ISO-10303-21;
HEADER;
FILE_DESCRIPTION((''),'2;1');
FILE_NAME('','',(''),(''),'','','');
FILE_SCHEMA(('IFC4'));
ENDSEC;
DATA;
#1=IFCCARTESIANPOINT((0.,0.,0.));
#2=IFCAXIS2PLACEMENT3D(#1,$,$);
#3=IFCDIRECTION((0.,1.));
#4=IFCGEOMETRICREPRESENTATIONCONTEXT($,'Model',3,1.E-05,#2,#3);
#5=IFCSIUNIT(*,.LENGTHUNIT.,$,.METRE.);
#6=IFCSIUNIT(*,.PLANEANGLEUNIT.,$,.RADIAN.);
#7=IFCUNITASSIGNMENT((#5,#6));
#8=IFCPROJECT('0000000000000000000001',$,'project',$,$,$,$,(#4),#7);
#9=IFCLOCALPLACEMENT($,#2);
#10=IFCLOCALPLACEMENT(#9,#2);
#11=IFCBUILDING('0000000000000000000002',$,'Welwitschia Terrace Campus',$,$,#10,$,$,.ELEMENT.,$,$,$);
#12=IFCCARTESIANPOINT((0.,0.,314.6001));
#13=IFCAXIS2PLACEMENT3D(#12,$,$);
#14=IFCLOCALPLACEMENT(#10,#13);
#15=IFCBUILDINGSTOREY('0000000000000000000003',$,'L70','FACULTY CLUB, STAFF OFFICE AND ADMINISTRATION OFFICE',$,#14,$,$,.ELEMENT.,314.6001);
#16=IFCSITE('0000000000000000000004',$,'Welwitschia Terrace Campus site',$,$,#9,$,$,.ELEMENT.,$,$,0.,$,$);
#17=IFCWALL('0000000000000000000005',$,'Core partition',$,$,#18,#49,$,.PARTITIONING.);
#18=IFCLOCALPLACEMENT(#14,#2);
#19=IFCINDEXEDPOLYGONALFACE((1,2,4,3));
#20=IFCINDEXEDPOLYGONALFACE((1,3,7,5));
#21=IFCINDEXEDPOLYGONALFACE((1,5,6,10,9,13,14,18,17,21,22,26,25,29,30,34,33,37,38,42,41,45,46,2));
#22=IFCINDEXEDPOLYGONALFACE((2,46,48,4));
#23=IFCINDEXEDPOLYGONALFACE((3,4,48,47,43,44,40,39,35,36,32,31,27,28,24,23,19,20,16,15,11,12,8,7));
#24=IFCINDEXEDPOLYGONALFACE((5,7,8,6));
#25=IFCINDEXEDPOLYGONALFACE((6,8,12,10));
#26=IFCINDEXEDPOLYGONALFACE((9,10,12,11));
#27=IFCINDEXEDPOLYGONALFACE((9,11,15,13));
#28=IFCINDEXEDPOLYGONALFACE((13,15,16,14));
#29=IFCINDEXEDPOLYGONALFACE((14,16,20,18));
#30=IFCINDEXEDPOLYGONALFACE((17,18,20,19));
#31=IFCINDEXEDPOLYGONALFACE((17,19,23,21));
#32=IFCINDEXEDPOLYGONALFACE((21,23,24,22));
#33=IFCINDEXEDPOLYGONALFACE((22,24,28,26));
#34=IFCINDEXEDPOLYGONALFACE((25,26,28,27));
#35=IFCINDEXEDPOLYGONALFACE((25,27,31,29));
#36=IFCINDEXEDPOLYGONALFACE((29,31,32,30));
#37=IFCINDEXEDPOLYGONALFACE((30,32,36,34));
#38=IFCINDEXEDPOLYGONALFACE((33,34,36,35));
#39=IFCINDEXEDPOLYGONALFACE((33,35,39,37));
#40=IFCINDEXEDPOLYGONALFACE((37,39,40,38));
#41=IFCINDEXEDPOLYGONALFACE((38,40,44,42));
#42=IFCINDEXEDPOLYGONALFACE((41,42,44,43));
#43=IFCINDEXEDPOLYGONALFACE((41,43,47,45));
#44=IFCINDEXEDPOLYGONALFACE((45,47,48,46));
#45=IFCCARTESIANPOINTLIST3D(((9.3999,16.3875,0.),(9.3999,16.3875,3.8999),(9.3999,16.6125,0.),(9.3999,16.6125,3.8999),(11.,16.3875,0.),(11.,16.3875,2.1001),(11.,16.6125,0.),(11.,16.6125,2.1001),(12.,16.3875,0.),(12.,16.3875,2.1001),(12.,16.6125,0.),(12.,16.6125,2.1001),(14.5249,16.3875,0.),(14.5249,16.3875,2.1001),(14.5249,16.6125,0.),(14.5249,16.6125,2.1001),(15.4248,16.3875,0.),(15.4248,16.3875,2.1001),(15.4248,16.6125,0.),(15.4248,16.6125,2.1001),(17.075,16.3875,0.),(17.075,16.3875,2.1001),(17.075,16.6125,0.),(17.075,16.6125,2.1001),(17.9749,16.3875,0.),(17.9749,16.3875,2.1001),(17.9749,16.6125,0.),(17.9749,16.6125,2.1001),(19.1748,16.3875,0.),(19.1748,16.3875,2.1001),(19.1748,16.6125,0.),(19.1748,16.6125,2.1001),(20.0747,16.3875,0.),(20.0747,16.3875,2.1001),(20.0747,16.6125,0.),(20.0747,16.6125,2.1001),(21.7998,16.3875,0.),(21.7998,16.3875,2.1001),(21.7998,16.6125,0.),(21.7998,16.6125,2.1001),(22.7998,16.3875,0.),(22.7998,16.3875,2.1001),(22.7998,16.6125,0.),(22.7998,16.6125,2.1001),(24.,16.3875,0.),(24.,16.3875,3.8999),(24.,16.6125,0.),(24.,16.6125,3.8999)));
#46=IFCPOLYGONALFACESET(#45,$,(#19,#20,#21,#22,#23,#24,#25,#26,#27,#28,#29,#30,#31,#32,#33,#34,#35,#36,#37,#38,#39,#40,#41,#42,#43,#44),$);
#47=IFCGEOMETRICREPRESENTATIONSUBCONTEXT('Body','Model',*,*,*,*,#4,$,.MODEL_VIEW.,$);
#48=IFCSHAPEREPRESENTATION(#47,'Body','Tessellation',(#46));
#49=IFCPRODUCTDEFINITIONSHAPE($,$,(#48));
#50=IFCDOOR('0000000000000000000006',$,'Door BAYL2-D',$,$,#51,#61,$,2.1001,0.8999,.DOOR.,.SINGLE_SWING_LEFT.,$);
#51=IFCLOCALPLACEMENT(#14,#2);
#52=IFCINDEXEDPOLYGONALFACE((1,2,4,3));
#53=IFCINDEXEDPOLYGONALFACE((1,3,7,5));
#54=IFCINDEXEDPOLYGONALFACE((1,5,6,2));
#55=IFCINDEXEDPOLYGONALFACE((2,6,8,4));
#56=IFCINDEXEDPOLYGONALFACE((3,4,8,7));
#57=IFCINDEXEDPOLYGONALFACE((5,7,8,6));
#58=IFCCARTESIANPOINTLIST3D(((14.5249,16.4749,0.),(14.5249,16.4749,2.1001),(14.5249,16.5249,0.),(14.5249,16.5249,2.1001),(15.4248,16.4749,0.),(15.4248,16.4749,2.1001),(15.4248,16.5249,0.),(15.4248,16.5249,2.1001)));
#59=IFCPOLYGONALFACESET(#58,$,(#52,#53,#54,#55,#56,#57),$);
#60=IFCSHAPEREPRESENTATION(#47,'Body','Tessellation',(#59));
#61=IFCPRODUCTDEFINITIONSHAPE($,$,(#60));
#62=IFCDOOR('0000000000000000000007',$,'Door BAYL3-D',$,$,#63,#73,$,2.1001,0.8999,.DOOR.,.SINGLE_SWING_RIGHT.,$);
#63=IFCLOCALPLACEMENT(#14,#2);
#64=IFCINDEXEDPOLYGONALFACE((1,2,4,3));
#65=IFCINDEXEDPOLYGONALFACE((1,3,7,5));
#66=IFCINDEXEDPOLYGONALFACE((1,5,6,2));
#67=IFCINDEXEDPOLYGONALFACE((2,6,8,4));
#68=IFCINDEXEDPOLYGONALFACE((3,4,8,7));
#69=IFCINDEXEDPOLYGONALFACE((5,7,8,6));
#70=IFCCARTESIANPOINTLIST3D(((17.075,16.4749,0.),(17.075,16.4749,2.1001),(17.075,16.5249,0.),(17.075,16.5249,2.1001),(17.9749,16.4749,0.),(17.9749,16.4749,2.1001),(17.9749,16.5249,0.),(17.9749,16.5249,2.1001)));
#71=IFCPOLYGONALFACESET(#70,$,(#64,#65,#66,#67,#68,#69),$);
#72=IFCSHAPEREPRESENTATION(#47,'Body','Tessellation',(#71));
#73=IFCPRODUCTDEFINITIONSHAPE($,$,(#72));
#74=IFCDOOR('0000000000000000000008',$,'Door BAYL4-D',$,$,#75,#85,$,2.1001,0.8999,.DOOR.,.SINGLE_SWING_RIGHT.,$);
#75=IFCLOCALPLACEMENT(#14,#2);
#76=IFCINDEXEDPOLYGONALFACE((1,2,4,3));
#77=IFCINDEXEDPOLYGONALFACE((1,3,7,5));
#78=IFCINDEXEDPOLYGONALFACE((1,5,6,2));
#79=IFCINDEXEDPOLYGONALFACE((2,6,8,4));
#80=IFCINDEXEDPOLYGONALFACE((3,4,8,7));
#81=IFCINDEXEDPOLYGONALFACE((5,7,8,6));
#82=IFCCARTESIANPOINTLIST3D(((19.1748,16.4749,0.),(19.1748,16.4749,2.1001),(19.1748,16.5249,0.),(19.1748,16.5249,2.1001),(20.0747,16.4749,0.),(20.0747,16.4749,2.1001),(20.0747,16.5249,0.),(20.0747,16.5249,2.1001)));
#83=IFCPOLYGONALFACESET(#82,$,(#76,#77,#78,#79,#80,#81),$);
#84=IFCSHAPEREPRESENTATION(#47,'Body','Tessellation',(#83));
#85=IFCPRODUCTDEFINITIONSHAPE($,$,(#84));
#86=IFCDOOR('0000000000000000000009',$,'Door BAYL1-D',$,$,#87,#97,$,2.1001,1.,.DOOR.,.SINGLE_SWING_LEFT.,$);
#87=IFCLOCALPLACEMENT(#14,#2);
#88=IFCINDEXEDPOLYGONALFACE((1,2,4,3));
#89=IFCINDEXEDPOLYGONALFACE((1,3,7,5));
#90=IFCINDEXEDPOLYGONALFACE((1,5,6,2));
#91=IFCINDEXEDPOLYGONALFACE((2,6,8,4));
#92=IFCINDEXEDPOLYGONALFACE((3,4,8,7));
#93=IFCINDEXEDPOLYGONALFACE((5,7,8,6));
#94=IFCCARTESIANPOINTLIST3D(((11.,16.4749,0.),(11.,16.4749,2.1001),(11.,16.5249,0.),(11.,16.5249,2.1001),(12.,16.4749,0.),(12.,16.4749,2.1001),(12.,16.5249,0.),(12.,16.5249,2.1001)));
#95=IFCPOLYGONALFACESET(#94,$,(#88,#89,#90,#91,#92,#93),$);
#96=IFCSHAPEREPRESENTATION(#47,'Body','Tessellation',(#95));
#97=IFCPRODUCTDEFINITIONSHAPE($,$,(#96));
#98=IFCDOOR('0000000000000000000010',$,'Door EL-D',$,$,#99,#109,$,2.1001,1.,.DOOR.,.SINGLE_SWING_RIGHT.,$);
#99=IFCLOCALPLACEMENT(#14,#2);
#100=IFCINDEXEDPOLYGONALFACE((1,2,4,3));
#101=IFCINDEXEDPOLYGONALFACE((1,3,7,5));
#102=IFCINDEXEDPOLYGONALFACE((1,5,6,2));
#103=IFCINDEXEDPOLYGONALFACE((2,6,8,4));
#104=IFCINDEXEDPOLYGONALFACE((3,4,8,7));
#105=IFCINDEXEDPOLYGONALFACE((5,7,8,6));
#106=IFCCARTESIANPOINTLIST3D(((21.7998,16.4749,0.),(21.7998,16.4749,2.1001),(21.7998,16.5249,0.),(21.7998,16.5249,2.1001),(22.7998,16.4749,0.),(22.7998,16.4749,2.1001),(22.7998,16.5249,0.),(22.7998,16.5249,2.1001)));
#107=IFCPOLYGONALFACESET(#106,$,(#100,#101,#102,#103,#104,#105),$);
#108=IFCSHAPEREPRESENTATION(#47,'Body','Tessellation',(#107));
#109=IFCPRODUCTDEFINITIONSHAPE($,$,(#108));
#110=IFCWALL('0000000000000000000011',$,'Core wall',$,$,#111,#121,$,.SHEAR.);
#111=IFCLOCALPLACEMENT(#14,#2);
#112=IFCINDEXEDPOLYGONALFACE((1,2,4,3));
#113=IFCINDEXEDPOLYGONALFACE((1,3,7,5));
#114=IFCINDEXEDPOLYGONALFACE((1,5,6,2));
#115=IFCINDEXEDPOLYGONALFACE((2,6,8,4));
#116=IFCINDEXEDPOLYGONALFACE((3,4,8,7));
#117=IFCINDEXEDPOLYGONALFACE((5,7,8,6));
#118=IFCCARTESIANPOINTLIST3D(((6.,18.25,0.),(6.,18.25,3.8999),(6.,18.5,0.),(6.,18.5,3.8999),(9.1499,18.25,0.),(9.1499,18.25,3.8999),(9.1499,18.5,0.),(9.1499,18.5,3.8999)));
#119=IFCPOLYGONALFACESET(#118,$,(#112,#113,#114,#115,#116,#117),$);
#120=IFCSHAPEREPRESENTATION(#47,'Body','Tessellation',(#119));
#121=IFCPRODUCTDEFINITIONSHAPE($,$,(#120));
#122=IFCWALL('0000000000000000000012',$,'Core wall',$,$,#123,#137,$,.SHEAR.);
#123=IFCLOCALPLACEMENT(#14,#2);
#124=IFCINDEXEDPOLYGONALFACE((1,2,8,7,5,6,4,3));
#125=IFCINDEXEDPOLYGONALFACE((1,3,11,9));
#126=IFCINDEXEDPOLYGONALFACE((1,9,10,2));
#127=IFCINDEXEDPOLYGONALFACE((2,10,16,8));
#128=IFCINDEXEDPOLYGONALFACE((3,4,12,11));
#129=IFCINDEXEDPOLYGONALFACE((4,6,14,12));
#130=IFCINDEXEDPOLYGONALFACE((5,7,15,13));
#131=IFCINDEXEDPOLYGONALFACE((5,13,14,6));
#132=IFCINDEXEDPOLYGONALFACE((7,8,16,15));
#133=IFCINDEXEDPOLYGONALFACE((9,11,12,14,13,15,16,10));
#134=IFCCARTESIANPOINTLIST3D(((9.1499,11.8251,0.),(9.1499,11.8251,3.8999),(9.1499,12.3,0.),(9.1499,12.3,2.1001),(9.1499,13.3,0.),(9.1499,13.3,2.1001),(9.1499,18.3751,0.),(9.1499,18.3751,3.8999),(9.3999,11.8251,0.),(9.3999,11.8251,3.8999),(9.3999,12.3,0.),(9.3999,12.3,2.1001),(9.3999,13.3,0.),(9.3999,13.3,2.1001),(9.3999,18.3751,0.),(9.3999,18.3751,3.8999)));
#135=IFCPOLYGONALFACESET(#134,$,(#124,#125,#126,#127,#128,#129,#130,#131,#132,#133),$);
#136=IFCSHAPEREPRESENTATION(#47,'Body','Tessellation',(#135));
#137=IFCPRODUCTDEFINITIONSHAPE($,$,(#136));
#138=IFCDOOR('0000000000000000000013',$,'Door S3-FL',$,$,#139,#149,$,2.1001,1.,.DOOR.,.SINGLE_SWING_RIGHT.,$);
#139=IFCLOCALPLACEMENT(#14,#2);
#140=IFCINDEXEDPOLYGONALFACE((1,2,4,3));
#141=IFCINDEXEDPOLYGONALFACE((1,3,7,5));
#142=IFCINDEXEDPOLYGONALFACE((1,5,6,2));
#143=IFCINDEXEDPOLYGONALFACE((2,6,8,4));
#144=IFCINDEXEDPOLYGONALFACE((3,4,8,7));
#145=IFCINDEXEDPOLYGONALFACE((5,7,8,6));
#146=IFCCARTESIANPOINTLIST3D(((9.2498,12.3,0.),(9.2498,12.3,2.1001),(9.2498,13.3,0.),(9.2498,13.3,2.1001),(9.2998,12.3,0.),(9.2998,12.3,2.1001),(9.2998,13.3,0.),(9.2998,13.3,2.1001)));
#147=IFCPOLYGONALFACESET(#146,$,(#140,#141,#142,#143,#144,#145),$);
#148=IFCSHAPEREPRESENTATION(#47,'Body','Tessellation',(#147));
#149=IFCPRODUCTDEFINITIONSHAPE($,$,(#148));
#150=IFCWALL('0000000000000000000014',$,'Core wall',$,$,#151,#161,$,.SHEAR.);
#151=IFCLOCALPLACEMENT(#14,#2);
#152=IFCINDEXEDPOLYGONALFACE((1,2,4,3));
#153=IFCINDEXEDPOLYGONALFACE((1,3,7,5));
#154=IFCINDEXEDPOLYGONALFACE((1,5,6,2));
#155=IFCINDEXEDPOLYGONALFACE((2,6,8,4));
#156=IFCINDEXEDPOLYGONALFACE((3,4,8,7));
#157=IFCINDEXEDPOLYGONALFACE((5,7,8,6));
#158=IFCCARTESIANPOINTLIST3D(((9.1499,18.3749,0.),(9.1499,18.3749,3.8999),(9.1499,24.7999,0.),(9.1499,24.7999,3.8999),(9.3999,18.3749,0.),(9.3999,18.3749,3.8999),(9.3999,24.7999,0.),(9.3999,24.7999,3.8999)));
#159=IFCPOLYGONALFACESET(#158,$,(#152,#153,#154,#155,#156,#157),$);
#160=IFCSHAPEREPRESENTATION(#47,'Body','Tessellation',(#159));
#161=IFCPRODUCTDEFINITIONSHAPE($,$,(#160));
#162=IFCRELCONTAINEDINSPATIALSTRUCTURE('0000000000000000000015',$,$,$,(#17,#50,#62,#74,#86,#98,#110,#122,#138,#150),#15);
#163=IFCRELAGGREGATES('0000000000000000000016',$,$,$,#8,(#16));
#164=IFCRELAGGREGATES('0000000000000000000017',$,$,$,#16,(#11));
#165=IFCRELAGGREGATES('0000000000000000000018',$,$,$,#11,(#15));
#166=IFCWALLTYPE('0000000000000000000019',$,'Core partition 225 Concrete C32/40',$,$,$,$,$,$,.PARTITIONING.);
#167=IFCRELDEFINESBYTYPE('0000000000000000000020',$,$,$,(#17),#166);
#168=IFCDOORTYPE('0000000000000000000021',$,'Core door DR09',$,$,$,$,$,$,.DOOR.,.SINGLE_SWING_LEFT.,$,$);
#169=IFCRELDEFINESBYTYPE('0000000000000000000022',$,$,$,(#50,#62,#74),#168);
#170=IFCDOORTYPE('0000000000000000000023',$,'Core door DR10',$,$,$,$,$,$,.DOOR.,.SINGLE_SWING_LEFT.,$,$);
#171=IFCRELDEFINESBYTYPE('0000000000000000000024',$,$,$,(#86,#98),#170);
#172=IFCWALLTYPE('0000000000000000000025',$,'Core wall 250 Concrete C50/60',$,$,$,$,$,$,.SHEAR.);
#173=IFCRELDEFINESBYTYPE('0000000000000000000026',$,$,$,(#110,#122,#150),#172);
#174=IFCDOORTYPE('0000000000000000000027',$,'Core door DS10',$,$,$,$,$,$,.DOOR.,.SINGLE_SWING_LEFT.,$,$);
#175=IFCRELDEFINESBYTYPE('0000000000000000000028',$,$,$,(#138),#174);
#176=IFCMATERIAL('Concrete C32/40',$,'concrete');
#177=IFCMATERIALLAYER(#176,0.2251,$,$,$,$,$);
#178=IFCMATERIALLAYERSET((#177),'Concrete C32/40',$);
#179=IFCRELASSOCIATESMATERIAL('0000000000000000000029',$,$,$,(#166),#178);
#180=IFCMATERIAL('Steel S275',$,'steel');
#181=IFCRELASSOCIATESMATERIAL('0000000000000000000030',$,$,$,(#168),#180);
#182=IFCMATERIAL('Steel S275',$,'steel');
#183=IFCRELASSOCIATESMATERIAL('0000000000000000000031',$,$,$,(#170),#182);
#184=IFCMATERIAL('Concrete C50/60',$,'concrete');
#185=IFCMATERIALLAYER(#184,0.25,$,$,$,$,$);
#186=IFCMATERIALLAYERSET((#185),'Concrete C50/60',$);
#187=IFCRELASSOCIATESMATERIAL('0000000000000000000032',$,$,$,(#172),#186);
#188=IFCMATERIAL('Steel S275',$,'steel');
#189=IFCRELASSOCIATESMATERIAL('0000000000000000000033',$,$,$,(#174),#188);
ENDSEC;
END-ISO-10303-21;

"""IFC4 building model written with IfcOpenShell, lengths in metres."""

from ifc_helpers import new_model, si_unit, direction, frame, frame_2d, origin, place, context, subcontext, project, spatial, rectangle, extrude, material, layer, layer_set, type_object, element, fill, save


model = new_model("IFC4")

# Units and contexts
model_context = context("Model", 3, precision=1e-05, world=origin(), true_north=direction((0.0, 1.0)))
body_context = subcontext(model_context, "Body", "Model", "MODEL_VIEW")
ifc_project = project(units=[si_unit("LENGTHUNIT", "METRE"), si_unit("PLANEANGLEUNIT", "RADIAN")], contexts=[model_context])

# Site, building, storey
site_placement = place(None, origin())
site = spatial("IfcSite", under=ifc_project, at=site_placement, Name="Welwitschia Terrace Campus site", CompositionType="ELEMENT", RefElevation=0.0)
building_placement = place(site_placement, origin())
building = spatial("IfcBuilding", under=site, at=building_placement, Name="Welwitschia Terrace Campus", CompositionType="ELEMENT")
storey_placement = place(building_placement, frame((0.0, 0.0, 314.6001)))
storey = spatial("IfcBuildingStorey", under=building, at=storey_placement, Name="L70", Description="FACULTY CLUB, STAFF OFFICE AND ADMINISTRATION OFFICE", CompositionType="ELEMENT", Elevation=314.6001)

# Shared definitions
ifc_material_1 = material(Name="Concrete C32/40", Category="concrete")
ifc_layer_1 = layer(ifc_material_1, 0.2251)
ifc_layer_set_1 = layer_set([ifc_layer_1], Name="Concrete C32/40")
wall_type_1 = type_object("IfcWallType", Name="Core partition 225 Concrete C32/40", PredefinedType="PARTITIONING", material=ifc_layer_set_1)

# Wall, openings, doors
wall_1_placement = place(storey_placement, frame((9.3999, 16.5, 0.0), z_axis=(0.0, 0.0, 1.0), x_axis=(1.0, 0.0, 0.0)))
wall_1 = element("IfcWall", 1, at=wall_1_placement, inside=storey, type_object=wall_type_1, Name="Core partition", PredefinedType="PARTITIONING", context=body_context, shape_type="SweptSolid", body=[
    extrude(rectangle(XDim=14.6001, YDim=0.2251, at=frame_2d((7.3, 0.0))), origin(), (0.0, 0.0, 1.0), 3.8999),
])
opening_1_placement = place(wall_1_placement, frame((1.6001, 0.0, 0.0)))
opening_1 = element("IfcOpeningElement", 2, at=opening_1_placement, cuts=wall_1, PredefinedType="OPENING", context=body_context, shape_type="SweptSolid", body=[
    extrude(rectangle(XDim=1.0, YDim=2.1001, at=frame_2d((0.5, 1.05))), frame((0.0, 0.1226, 0.0), z_axis=(0.0, -1.0, 0.0), x_axis=(1.0, 0.0, 0.0)), (0.0, 0.0, 1.0), 0.2451),
])
opening_2_placement = place(wall_1_placement, frame((5.125, 0.0, 0.0)))
opening_2 = element("IfcOpeningElement", 3, at=opening_2_placement, cuts=wall_1, PredefinedType="OPENING", context=body_context, shape_type="SweptSolid", body=[
    extrude(rectangle(XDim=0.8999, YDim=2.1001, at=frame_2d((0.45, 1.05))), frame((0.0, 0.1226, 0.0), z_axis=(0.0, -1.0, 0.0), x_axis=(1.0, 0.0, 0.0)), (0.0, 0.0, 1.0), 0.2451),
])
opening_3_placement = place(wall_1_placement, frame((7.675, 0.0, 0.0)))
opening_3 = element("IfcOpeningElement", 4, at=opening_3_placement, cuts=wall_1, PredefinedType="OPENING", context=body_context, shape_type="SweptSolid", body=[
    extrude(rectangle(XDim=0.8999, YDim=2.1001, at=frame_2d((0.45, 1.05))), frame((0.0, 0.1226, 0.0), z_axis=(0.0, -1.0, 0.0), x_axis=(1.0, 0.0, 0.0)), (0.0, 0.0, 1.0), 0.2451),
])
opening_4_placement = place(wall_1_placement, frame((9.7749, 0.0, 0.0)))
opening_4 = element("IfcOpeningElement", 5, at=opening_4_placement, cuts=wall_1, PredefinedType="OPENING", context=body_context, shape_type="SweptSolid", body=[
    extrude(rectangle(XDim=0.8999, YDim=2.1001, at=frame_2d((0.45, 1.05))), frame((0.0, 0.1226, 0.0), z_axis=(0.0, -1.0, 0.0), x_axis=(1.0, 0.0, 0.0)), (0.0, 0.0, 1.0), 0.2451),
])
opening_5_placement = place(wall_1_placement, frame((12.3999, 0.0, 0.0)))
opening_5 = element("IfcOpeningElement", 6, at=opening_5_placement, cuts=wall_1, PredefinedType="OPENING", context=body_context, shape_type="SweptSolid", body=[
    extrude(rectangle(XDim=1.0, YDim=2.1001, at=frame_2d((0.5, 1.05))), frame((0.0, 0.1226, 0.0), z_axis=(0.0, -1.0, 0.0), x_axis=(1.0, 0.0, 0.0)), (0.0, 0.0, 1.0), 0.2451),
])
ifc_material_2 = material(Name="Steel S275", Category="steel")
door_type_1 = type_object("IfcDoorType", Name="Core door DR09", OperationType="SINGLE_SWING_LEFT", PredefinedType="DOOR", material=ifc_material_2)
door_1_placement = place(opening_2_placement, origin())
door_1 = element("IfcDoor", 7, at=door_1_placement, inside=storey, type_object=door_type_1, Name="Door BAYL2-D", OperationType="SINGLE_SWING_LEFT", OverallHeight=2.1001, OverallWidth=0.8999, PredefinedType="DOOR", context=body_context, shape_type="SweptSolid", body=[
    extrude(rectangle(XDim=0.8999, YDim=2.1001, at=frame_2d((0.45, 1.05))), frame((0.0, 0.0249, 0.0), z_axis=(0.0, -1.0, 0.0), x_axis=(1.0, 0.0, 0.0)), (0.0, 0.0, 1.0), 0.05),
])
fill(opening_2, door_1)
door_2_placement = place(opening_3_placement, origin())
door_2 = element("IfcDoor", 8, at=door_2_placement, inside=storey, type_object=door_type_1, Name="Door BAYL3-D", OperationType="SINGLE_SWING_RIGHT", OverallHeight=2.1001, OverallWidth=0.8999, PredefinedType="DOOR", context=body_context, shape_type="SweptSolid", body=[
    extrude(rectangle(XDim=0.8999, YDim=2.1001, at=frame_2d((0.45, 1.05))), frame((0.0, 0.0249, 0.0), z_axis=(0.0, -1.0, 0.0), x_axis=(1.0, 0.0, 0.0)), (0.0, 0.0, 1.0), 0.05),
])
fill(opening_3, door_2)
door_3_placement = place(opening_4_placement, origin())
door_3 = element("IfcDoor", 9, at=door_3_placement, inside=storey, type_object=door_type_1, Name="Door BAYL4-D", OperationType="SINGLE_SWING_RIGHT", OverallHeight=2.1001, OverallWidth=0.8999, PredefinedType="DOOR", context=body_context, shape_type="SweptSolid", body=[
    extrude(rectangle(XDim=0.8999, YDim=2.1001, at=frame_2d((0.45, 1.05))), frame((0.0, 0.0249, 0.0), z_axis=(0.0, -1.0, 0.0), x_axis=(1.0, 0.0, 0.0)), (0.0, 0.0, 1.0), 0.05),
])
fill(opening_4, door_3)
ifc_material_3 = material(Name="Steel S275", Category="steel")
door_type_2 = type_object("IfcDoorType", Name="Core door DR10", OperationType="SINGLE_SWING_LEFT", PredefinedType="DOOR", material=ifc_material_3)
door_4_placement = place(opening_1_placement, origin())
door_4 = element("IfcDoor", 10, at=door_4_placement, inside=storey, type_object=door_type_2, Name="Door BAYL1-D", OperationType="SINGLE_SWING_LEFT", OverallHeight=2.1001, OverallWidth=1.0, PredefinedType="DOOR", context=body_context, shape_type="SweptSolid", body=[
    extrude(rectangle(XDim=1.0, YDim=2.1001, at=frame_2d((0.5, 1.05))), frame((0.0, 0.0249, 0.0), z_axis=(0.0, -1.0, 0.0), x_axis=(1.0, 0.0, 0.0)), (0.0, 0.0, 1.0), 0.05),
])
fill(opening_1, door_4)
door_5_placement = place(opening_5_placement, origin())
door_5 = element("IfcDoor", 11, at=door_5_placement, inside=storey, type_object=door_type_2, Name="Door EL-D", OperationType="SINGLE_SWING_RIGHT", OverallHeight=2.1001, OverallWidth=1.0, PredefinedType="DOOR", context=body_context, shape_type="SweptSolid", body=[
    extrude(rectangle(XDim=1.0, YDim=2.1001, at=frame_2d((0.5, 1.05))), frame((0.0, 0.0249, 0.0), z_axis=(0.0, -1.0, 0.0), x_axis=(1.0, 0.0, 0.0)), (0.0, 0.0, 1.0), 0.05),
])
fill(opening_5, door_5)

# Wall
ifc_material_4 = material(Name="Concrete C50/60", Category="concrete")
ifc_layer_2 = layer(ifc_material_4, 0.25)
ifc_layer_set_2 = layer_set([ifc_layer_2], Name="Concrete C50/60")
wall_type_2 = type_object("IfcWallType", Name="Core wall 250 Concrete C50/60", PredefinedType="SHEAR", material=ifc_layer_set_2)
wall_2_placement = place(storey_placement, frame((6.0, 18.375, 0.0), z_axis=(0.0, 0.0, 1.0), x_axis=(1.0, 0.0, 0.0)))
element("IfcWall", 12, at=wall_2_placement, inside=storey, type_object=wall_type_2, Name="Core wall", PredefinedType="SHEAR", context=body_context, shape_type="SweptSolid", body=[
    extrude(rectangle(XDim=3.1499, YDim=0.25, at=frame_2d((1.575, 0.0))), origin(), (0.0, 0.0, 1.0), 3.8999),
])

# Wall, opening, door
wall_3_placement = place(storey_placement, frame((9.2749, 18.375, 0.0), z_axis=(0.0, 0.0, 1.0), x_axis=(0.0, -1.0, 0.0)))
wall_3 = element("IfcWall", 13, at=wall_3_placement, inside=storey, type_object=wall_type_2, Name="Core wall", PredefinedType="SHEAR", context=body_context, shape_type="SweptSolid", body=[
    extrude(rectangle(XDim=6.55, YDim=0.25, at=frame_2d((3.2749, 0.0))), origin(), (0.0, 0.0, 1.0), 3.8999),
])
opening_6_placement = place(wall_3_placement, frame((5.075, 0.0, 0.0)))
opening_6 = element("IfcOpeningElement", 14, at=opening_6_placement, cuts=wall_3, PredefinedType="OPENING", context=body_context, shape_type="SweptSolid", body=[
    extrude(rectangle(XDim=1.0, YDim=2.1001, at=frame_2d((0.5, 1.05))), frame((0.0, 0.135, 0.0), z_axis=(0.0, -1.0, 0.0), x_axis=(1.0, 0.0, 0.0)), (0.0, 0.0, 1.0), 0.27),
])
ifc_material_5 = material(Name="Steel S275", Category="steel")
door_type_3 = type_object("IfcDoorType", Name="Core door DS10", OperationType="SINGLE_SWING_LEFT", PredefinedType="DOOR", material=ifc_material_5)
door_6_placement = place(opening_6_placement, origin())
door_6 = element("IfcDoor", 15, at=door_6_placement, inside=storey, type_object=door_type_3, Name="Door S3-FL", OperationType="SINGLE_SWING_RIGHT", OverallHeight=2.1001, OverallWidth=1.0, PredefinedType="DOOR", context=body_context, shape_type="SweptSolid", body=[
    extrude(rectangle(XDim=1.0, YDim=2.1001, at=frame_2d((0.5, 1.05))), frame((0.0, 0.0249, 0.0), z_axis=(0.0, -1.0, 0.0), x_axis=(1.0, 0.0, 0.0)), (0.0, 0.0, 1.0), 0.05),
])
fill(opening_6, door_6)

# Wall
wall_4_placement = place(storey_placement, frame((9.2749, 18.375, 0.0), z_axis=(0.0, 0.0, 1.0), x_axis=(0.0, 1.0, 0.0)))
element("IfcWall", 16, at=wall_4_placement, inside=storey, type_object=wall_type_2, Name="Core wall", PredefinedType="SHEAR", context=body_context, shape_type="SweptSolid", body=[
    extrude(rectangle(XDim=6.425, YDim=0.25, at=frame_2d((3.2124, 0.0))), origin(), (0.0, 0.0, 1.0), 3.8999),
])

save(model, "model.ifc")
